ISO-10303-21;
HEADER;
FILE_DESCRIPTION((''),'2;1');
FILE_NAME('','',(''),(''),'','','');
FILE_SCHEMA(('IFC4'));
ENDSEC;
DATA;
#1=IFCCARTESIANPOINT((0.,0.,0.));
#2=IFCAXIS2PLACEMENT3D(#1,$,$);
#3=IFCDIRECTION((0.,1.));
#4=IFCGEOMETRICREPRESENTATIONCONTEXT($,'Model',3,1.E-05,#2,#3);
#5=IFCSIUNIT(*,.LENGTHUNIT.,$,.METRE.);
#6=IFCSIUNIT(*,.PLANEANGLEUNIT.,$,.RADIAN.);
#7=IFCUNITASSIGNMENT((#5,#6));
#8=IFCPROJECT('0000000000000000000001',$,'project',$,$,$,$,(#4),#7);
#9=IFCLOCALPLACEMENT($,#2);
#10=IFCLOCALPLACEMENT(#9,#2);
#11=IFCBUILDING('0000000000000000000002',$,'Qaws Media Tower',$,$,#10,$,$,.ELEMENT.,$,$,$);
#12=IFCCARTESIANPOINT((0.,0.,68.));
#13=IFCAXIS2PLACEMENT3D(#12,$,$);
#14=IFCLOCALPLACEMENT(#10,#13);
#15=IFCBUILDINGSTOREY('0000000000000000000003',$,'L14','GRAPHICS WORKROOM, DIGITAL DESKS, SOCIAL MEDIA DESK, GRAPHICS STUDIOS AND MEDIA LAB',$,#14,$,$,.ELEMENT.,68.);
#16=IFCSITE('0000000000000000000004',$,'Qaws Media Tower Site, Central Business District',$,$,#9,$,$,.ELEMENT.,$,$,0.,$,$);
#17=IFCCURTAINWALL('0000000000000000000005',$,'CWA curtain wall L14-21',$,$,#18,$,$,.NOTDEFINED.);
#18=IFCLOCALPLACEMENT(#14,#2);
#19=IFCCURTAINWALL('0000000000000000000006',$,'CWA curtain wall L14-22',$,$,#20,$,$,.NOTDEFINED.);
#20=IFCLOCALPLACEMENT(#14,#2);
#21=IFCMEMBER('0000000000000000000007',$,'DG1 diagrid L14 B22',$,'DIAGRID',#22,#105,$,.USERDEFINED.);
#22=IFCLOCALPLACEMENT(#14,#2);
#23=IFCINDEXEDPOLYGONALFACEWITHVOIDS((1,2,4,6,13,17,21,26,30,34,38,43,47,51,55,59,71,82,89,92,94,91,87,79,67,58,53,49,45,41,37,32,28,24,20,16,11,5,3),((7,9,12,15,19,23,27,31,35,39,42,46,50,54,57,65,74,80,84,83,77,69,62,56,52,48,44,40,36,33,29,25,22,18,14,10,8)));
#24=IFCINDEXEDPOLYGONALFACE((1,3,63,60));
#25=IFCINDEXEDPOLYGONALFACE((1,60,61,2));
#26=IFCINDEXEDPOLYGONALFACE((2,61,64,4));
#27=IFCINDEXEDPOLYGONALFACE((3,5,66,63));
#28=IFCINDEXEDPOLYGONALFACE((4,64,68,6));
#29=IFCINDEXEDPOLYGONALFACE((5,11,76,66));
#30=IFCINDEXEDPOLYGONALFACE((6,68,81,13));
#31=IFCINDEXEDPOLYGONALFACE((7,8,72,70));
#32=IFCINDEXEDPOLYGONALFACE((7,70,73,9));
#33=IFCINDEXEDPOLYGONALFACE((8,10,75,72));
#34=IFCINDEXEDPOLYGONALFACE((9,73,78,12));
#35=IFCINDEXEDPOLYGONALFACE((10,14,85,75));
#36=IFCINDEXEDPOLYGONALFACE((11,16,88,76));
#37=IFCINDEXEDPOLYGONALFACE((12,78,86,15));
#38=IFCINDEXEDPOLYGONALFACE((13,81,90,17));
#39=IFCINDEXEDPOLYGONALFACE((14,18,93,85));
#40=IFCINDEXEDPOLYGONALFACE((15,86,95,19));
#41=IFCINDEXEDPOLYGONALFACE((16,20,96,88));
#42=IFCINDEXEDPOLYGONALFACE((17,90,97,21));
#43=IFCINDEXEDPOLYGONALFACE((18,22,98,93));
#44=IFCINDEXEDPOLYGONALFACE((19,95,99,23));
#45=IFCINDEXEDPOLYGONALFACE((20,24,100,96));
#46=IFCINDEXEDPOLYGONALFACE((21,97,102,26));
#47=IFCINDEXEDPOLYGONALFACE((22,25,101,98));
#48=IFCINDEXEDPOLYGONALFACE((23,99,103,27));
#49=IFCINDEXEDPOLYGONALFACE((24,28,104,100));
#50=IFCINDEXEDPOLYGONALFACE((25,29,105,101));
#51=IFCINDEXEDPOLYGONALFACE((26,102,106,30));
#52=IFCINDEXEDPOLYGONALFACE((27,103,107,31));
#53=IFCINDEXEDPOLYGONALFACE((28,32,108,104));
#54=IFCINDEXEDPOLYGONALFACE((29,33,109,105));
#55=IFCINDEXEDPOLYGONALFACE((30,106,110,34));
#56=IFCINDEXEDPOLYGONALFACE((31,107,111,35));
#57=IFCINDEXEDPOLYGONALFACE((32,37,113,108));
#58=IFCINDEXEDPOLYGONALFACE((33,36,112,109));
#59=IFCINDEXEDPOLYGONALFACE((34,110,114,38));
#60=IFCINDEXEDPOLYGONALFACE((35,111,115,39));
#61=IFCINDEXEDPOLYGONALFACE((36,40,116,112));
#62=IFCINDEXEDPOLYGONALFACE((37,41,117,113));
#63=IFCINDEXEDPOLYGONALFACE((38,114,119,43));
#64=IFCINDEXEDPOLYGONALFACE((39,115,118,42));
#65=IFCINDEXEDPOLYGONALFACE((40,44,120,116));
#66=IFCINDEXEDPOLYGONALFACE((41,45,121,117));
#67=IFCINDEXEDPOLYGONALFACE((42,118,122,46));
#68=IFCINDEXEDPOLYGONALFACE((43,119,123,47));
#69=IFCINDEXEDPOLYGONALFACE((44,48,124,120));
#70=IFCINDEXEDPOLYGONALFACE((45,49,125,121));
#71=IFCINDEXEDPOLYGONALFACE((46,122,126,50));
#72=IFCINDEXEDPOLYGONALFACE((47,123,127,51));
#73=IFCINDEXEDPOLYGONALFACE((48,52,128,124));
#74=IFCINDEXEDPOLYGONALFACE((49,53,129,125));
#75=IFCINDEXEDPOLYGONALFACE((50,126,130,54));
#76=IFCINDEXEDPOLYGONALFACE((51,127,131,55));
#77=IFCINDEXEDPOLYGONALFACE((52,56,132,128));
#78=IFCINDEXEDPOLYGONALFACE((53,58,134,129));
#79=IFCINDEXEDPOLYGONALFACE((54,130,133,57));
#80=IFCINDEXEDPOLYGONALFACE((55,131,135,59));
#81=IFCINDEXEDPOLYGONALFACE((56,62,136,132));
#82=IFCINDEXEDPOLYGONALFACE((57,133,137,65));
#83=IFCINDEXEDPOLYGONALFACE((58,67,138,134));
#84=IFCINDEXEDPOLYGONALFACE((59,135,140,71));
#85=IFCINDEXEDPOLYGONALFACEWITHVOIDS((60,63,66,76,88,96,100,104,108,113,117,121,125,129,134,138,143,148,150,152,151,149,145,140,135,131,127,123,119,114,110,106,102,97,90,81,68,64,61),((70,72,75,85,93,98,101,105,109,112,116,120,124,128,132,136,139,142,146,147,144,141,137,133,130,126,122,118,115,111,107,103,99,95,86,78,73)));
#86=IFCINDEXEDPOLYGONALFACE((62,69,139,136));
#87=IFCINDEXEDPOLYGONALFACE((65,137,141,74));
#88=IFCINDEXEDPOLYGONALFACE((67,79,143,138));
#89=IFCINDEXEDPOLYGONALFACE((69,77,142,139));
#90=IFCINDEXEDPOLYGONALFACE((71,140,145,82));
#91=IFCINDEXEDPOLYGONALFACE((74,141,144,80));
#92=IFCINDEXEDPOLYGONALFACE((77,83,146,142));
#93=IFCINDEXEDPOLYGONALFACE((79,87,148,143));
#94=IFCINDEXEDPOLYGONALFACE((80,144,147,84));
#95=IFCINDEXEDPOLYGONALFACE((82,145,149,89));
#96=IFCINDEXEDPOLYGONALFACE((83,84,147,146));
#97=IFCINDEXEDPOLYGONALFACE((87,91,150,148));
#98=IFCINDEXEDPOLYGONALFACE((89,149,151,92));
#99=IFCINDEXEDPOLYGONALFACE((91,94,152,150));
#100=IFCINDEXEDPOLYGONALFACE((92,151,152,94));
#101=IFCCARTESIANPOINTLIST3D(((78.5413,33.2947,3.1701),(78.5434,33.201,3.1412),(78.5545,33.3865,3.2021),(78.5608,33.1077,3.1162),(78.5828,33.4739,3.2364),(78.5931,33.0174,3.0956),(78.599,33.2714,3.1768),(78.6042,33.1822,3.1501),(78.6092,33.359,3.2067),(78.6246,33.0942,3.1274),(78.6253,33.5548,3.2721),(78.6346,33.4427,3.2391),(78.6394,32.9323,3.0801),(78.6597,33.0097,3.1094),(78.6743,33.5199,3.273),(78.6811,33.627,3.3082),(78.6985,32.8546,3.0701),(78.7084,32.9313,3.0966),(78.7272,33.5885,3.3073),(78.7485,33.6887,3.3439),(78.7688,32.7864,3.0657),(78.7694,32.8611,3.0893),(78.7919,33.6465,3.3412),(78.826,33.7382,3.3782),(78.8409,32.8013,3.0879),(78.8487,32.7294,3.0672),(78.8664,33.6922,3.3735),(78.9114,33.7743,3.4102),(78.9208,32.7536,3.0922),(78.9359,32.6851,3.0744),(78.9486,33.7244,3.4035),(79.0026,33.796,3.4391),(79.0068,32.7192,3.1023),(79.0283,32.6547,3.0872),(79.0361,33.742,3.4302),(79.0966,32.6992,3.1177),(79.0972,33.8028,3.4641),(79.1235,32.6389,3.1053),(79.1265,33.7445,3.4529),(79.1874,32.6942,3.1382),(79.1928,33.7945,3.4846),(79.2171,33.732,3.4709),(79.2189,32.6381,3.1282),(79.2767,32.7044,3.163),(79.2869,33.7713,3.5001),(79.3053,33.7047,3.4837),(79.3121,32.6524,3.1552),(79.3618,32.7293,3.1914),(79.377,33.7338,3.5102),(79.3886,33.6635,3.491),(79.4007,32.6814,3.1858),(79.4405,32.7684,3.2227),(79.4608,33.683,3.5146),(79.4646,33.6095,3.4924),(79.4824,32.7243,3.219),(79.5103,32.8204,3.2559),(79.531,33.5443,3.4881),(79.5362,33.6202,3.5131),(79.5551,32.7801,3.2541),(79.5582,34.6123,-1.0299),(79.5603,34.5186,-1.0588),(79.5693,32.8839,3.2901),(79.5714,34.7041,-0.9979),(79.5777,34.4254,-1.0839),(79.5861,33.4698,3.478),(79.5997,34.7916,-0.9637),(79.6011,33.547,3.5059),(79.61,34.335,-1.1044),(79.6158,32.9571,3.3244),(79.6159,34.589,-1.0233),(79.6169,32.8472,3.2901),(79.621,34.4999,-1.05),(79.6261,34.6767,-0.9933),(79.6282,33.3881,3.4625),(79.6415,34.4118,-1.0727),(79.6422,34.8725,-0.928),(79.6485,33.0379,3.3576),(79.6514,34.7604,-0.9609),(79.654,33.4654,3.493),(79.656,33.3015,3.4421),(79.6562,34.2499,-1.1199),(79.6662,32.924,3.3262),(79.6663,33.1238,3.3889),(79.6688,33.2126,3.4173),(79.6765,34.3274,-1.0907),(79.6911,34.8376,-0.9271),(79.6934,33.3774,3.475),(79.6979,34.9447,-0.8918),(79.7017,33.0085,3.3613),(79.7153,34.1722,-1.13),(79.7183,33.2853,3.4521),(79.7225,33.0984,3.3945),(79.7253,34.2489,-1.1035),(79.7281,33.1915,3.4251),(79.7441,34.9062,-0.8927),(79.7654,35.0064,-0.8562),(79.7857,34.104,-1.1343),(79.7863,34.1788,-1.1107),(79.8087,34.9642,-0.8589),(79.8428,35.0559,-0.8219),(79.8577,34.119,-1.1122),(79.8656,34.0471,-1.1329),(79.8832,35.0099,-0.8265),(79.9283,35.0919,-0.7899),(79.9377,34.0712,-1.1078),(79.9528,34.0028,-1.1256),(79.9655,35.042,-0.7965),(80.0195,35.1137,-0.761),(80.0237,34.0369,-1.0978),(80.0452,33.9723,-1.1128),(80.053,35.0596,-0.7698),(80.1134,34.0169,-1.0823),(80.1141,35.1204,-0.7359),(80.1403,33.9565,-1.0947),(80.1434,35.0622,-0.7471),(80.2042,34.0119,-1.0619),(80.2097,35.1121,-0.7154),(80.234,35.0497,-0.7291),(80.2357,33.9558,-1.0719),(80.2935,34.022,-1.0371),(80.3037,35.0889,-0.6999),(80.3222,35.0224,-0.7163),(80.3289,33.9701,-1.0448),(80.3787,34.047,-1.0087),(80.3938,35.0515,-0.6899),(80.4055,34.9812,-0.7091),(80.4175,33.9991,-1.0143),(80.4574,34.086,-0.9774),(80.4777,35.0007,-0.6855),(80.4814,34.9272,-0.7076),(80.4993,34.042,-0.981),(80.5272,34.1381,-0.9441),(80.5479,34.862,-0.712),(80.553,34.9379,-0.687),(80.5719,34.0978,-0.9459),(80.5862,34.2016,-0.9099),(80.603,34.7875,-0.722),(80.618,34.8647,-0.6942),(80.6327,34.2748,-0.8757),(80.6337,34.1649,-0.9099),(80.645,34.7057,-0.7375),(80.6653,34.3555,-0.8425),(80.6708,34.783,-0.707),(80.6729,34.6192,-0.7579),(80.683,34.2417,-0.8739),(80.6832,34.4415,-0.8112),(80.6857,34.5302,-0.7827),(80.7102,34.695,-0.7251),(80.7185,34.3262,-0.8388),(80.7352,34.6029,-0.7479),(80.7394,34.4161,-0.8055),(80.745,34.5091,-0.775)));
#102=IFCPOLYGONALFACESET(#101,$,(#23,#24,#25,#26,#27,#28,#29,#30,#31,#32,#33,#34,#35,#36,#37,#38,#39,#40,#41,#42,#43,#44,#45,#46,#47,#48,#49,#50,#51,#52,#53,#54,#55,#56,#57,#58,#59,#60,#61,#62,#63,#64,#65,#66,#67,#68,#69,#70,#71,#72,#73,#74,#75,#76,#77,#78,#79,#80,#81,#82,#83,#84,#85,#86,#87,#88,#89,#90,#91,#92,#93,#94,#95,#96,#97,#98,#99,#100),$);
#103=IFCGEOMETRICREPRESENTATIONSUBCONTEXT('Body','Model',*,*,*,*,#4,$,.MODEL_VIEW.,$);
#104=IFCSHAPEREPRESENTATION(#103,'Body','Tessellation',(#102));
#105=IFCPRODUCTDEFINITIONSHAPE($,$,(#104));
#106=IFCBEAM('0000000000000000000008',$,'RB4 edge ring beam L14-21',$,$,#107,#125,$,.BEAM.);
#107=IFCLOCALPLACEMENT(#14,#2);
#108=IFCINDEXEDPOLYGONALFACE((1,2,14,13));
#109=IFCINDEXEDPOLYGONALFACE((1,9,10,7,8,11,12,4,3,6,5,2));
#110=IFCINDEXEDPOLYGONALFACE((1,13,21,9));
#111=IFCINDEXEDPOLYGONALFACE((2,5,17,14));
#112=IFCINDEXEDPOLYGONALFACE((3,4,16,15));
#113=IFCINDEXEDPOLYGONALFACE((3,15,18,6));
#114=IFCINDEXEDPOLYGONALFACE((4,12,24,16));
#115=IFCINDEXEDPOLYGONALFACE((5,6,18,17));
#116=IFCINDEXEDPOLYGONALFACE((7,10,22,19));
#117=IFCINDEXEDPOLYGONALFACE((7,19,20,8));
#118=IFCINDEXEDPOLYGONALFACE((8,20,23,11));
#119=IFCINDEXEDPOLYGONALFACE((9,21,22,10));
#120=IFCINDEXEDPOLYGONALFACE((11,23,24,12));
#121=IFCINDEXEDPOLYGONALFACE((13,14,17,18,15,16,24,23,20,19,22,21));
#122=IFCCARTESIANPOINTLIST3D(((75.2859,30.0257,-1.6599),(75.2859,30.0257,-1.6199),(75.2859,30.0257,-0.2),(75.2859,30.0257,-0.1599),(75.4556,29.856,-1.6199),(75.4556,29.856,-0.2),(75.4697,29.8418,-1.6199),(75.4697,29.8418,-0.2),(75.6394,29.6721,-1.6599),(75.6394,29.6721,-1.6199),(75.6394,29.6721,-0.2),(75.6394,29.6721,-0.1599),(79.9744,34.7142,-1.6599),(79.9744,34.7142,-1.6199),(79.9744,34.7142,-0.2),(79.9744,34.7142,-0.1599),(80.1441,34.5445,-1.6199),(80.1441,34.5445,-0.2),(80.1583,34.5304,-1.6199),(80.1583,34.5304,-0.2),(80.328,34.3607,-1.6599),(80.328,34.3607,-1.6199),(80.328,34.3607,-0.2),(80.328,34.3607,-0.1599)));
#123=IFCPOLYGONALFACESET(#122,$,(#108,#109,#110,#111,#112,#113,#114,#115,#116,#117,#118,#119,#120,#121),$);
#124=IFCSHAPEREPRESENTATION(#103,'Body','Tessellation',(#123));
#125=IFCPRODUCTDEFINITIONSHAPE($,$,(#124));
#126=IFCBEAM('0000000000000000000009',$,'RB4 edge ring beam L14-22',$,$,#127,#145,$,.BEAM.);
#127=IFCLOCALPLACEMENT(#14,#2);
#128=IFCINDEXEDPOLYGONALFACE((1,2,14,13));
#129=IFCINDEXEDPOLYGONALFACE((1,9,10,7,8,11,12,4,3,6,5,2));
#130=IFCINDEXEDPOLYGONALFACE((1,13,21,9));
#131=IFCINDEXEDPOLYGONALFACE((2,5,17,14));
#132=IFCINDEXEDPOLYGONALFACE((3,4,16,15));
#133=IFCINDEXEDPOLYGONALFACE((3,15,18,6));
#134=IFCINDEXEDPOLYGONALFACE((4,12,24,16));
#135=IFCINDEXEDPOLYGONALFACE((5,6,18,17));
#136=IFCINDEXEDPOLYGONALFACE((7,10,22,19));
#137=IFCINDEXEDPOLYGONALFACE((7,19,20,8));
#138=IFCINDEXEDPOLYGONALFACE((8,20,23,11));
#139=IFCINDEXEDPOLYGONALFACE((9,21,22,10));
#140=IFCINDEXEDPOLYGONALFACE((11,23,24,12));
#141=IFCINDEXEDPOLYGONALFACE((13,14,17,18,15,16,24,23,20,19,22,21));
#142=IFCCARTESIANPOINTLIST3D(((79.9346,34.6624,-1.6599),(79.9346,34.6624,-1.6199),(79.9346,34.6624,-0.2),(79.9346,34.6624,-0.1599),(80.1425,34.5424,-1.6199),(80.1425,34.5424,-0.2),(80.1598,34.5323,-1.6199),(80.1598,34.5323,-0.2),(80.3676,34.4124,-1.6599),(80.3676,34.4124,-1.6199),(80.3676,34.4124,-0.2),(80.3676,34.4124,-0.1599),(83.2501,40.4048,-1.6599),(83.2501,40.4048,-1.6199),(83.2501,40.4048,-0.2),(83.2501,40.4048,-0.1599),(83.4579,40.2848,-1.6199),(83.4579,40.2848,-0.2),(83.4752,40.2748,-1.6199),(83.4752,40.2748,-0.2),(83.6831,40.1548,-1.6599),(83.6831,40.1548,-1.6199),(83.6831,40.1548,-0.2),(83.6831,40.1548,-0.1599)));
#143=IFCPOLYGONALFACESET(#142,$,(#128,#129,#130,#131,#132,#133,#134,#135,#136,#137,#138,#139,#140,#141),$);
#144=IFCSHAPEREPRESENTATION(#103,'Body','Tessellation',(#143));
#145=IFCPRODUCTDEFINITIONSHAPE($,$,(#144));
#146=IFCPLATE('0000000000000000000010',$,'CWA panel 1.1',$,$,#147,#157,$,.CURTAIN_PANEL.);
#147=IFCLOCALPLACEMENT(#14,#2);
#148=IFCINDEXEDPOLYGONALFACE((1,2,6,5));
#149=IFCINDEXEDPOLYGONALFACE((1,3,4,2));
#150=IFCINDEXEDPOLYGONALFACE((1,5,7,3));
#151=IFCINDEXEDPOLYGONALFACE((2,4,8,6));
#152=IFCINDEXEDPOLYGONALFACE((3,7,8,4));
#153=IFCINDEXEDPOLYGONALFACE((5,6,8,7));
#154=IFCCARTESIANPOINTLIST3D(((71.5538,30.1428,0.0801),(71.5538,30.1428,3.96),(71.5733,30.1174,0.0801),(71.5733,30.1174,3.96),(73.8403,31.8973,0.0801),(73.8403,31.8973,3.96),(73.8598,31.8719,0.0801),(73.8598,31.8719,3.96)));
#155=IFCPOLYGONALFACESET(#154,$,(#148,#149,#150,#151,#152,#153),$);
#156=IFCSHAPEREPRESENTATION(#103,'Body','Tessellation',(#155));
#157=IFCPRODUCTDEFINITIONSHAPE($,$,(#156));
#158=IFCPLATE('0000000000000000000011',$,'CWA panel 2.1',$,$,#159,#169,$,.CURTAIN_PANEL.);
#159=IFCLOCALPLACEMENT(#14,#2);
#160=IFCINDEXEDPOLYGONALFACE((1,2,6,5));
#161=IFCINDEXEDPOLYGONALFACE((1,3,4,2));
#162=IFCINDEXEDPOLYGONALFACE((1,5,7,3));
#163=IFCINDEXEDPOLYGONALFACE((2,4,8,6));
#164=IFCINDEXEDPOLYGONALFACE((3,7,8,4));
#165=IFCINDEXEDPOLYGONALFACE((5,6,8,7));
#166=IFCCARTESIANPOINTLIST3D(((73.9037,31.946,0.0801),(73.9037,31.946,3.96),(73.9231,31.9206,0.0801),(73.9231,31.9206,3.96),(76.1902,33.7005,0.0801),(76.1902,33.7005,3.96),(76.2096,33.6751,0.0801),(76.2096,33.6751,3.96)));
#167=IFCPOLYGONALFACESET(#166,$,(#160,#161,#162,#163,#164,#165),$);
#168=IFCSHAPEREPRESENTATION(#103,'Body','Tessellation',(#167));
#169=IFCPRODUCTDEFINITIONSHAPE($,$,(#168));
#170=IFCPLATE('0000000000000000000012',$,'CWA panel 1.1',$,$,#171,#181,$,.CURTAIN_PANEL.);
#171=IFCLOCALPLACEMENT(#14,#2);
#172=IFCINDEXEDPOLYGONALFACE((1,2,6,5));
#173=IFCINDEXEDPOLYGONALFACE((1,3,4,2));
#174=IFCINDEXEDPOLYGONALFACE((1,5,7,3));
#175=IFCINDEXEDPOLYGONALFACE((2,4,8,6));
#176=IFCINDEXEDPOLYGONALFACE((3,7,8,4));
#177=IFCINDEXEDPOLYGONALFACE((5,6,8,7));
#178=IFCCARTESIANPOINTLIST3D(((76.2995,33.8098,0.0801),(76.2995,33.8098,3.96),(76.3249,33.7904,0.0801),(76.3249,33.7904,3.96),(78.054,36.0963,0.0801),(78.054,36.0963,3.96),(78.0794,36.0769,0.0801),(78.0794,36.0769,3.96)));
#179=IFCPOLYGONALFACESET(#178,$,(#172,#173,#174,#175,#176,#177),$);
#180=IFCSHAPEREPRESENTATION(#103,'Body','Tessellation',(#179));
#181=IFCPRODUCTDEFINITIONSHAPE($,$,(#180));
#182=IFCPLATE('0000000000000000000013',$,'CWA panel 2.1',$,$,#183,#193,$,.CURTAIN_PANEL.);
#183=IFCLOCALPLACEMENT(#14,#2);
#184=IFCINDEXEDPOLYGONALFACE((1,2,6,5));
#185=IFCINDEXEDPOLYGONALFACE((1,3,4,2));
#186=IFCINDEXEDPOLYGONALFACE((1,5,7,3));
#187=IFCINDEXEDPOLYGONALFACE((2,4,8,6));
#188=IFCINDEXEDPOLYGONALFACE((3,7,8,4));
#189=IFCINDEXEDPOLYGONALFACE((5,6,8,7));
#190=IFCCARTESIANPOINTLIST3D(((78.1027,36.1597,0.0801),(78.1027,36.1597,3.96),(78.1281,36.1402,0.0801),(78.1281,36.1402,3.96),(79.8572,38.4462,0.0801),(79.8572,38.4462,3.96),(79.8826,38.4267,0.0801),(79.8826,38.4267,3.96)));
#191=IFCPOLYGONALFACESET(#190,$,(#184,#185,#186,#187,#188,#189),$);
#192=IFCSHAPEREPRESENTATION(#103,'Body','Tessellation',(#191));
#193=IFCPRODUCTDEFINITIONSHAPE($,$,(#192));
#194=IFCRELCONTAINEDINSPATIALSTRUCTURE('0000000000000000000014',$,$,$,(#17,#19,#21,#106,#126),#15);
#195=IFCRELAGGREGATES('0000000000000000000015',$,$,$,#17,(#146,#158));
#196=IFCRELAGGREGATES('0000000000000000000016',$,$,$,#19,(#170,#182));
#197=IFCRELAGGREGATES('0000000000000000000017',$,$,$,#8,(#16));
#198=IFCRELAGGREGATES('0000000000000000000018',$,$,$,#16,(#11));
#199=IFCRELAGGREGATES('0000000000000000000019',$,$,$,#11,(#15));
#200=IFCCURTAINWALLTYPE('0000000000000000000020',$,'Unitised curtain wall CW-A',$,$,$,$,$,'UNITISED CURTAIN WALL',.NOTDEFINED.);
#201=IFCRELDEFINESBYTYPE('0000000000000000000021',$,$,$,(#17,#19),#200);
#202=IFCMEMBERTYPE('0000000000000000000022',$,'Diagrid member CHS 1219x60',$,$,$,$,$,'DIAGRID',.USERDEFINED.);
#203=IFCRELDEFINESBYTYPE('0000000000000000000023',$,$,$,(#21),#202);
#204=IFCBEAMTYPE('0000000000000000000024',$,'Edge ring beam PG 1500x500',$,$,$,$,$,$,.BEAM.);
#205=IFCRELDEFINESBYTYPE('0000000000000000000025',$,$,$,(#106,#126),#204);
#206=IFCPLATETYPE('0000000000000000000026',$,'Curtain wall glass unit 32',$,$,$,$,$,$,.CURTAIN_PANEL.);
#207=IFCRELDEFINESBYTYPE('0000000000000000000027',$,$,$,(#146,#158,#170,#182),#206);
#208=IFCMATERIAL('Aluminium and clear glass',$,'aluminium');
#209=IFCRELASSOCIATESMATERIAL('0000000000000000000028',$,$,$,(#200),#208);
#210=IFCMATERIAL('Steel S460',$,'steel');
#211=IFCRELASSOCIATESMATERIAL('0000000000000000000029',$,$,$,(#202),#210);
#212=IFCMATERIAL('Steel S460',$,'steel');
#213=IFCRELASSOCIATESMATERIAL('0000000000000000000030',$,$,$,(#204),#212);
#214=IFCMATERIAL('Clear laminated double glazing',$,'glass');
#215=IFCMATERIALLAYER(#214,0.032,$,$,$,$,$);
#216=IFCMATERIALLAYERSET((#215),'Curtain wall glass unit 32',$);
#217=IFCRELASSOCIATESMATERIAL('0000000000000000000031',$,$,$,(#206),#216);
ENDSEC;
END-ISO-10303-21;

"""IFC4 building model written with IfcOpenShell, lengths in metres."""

from ifc_helpers import new_model, si_unit, direction, frame, origin, origin_2d, place, context, subcontext, project, spatial, rectangle, hollow_circle, i_section, extrude, material, layer, layer_set, material_profile, profile_set, type_object, element, aggregate, save


model = new_model("IFC4")

# Units and contexts
model_context = context("Model", 3, precision=1e-05, world=origin(), true_north=direction((0.0, 1.0)))
body_context = subcontext(model_context, "Body", "Model", "MODEL_VIEW")
ifc_project = project(units=[si_unit("LENGTHUNIT", "METRE"), si_unit("PLANEANGLEUNIT", "RADIAN")], contexts=[model_context])

# Site, building, storey
site_placement = place(None, origin())
site = spatial("IfcSite", under=ifc_project, at=site_placement, Name="Qaws Media Tower Site, Central Business District", CompositionType="ELEMENT", RefElevation=0.0)
building_placement = place(site_placement, origin())
building = spatial("IfcBuilding", under=site, at=building_placement, Name="Qaws Media Tower", CompositionType="ELEMENT")
storey_placement = place(building_placement, frame((0.0, 0.0, 68.0)))
storey = spatial("IfcBuildingStorey", under=building, at=storey_placement, Name="L14", Description="GRAPHICS WORKROOM, DIGITAL DESKS, SOCIAL MEDIA DESK, GRAPHICS STUDIOS AND MEDIA LAB", CompositionType="ELEMENT", Elevation=68.0)

# Curtain walls
ifc_material_1 = material(Name="Aluminium and clear glass", Category="aluminium")
curtain_wall_type = type_object("IfcCurtainWallType", Name="Unitised curtain wall CW-A", ElementType="UNITISED CURTAIN WALL", PredefinedType="NOTDEFINED", material=ifc_material_1)
curtain_wall_1_placement = place(storey_placement, origin())
curtain_wall_1 = element("IfcCurtainWall", 1, at=curtain_wall_1_placement, inside=storey, type_object=curtain_wall_type, Name="CWA curtain wall L14-21", PredefinedType="NOTDEFINED")
curtain_wall_2_placement = place(storey_placement, origin())
curtain_wall_2 = element("IfcCurtainWall", 2, at=curtain_wall_2_placement, inside=storey, type_object=curtain_wall_type, Name="CWA curtain wall L14-22", PredefinedType="NOTDEFINED")

# Member
ifc_material_2 = material(Name="Steel S460", Category="steel")
ifc_material_profile_1 = material_profile(ifc_material_2, hollow_circle(Radius=0.6096, WallThickness=0.0601, at=origin_2d()), Name="CHS 1219x60")
ifc_profile_set_1 = profile_set([ifc_material_profile_1], Name="Steel S460")
member_type_1 = type_object("IfcMemberType", Name="Diagrid member CHS 1219x60", ElementType="DIAGRID", PredefinedType="USERDEFINED", material=ifc_profile_set_1)
for number, where, z_axis, x_axis, name in (
    (3, (80.1511, 34.5374, -0.9099), (-0.22508, -0.291658, 0.929664), (0.791669, -0.610951, 0.0), "DG1 diagrid L14 B22"),
):
    element("IfcMember", number, at=place(storey_placement, frame(where, z_axis=z_axis, x_axis=x_axis)), inside=storey, type_object=member_type_1, Name=name, ObjectType="DIAGRID", PredefinedType="USERDEFINED", context=body_context, shape_type="SweptSolid", body=[
        extrude(hollow_circle(Radius=0.6096, WallThickness=0.0601, at=origin_2d()), origin(), (0.0, 0.0, 1.0), 4.5178),
    ])

# Beams
ifc_material_3 = material(Name="Steel S460", Category="steel")
ifc_material_profile_2 = material_profile(ifc_material_3, i_section(OverallWidth=0.5, OverallDepth=1.5, WebThickness=0.02, FlangeThickness=0.04, at=origin_2d()), Name="PG 1500x500")
ifc_profile_set_2 = profile_set([ifc_material_profile_2], Name="Steel S460")
beam_type = type_object("IfcBeamType", Name="Edge ring beam PG 1500x500", PredefinedType="BEAM", material=ifc_profile_set_2)
beam_1_placement = place(storey_placement, frame((75.4626, 29.8489, -0.9099), z_axis=(0.707107, 0.707107, 0.0), x_axis=(-0.707107, 0.707107, 0.0)))
element("IfcBeam", 4, at=beam_1_placement, inside=storey, type_object=beam_type, Name="RB4 edge ring beam L14-21", PredefinedType="BEAM", context=body_context, shape_type="SweptSolid", body=[
    extrude(i_section(OverallWidth=0.5, OverallDepth=1.5, WebThickness=0.02, FlangeThickness=0.04, at=origin_2d()), origin(), (0.0, 0.0, 1.0), 6.6306),
])
beam_2_placement = place(storey_placement, frame((80.1511, 34.5374, -0.9099), z_axis=(0.500004, 0.866023, 0.0), x_axis=(-0.866023, 0.500004, 0.0)))
element("IfcBeam", 5, at=beam_2_placement, inside=storey, type_object=beam_type, Name="RB4 edge ring beam L14-22", PredefinedType="BEAM", context=body_context, shape_type="SweptSolid", body=[
    extrude(i_section(OverallWidth=0.5, OverallDepth=1.5, WebThickness=0.02, FlangeThickness=0.04, at=origin_2d()), origin(), (0.0, 0.0, 1.0), 6.6309),
])

# Plates
ifc_material_4 = material(Name="Clear laminated double glazing", Category="glass")
ifc_layer_1 = layer(ifc_material_4, 0.032)
ifc_layer_set_1 = layer_set([ifc_layer_1], Name="Curtain wall glass unit 32")
plate_type_1 = type_object("IfcPlateType", Name="Curtain wall glass unit 32", PredefinedType="CURTAIN_PANEL", material=ifc_layer_set_1)
plate_1_placement = place(storey_placement, frame((72.7068, 31.0073, 0.0801), z_axis=(0.0, 0.0, 1.0), x_axis=(0.793353, 0.608761, 0.0)))
plate_1 = element("IfcPlate", 6, at=plate_1_placement, type_object=plate_type_1, Name="CWA panel 1.1", PredefinedType="CURTAIN_PANEL", context=body_context, shape_type="SweptSolid", body=[
    extrude(rectangle(XDim=2.8821, YDim=0.032, at=origin_2d()), origin(), (0.0, 0.0, 1.0), 3.8799),
])
plate_2_placement = place(storey_placement, frame((75.0566, 32.8105, 0.0801), z_axis=(0.0, 0.0, 1.0), x_axis=(0.793353, 0.608761, 0.0)))
plate_2 = element("IfcPlate", 7, at=plate_2_placement, type_object=plate_type_1, Name="CWA panel 2.1", PredefinedType="CURTAIN_PANEL", context=body_context, shape_type="SweptSolid", body=[
    extrude(rectangle(XDim=2.8821, YDim=0.032, at=origin_2d()), origin(), (0.0, 0.0, 1.0), 3.8799),
])
aggregate(curtain_wall_1, [plate_1, plate_2])
plate_3_placement = place(storey_placement, frame((77.1895, 34.9434, 0.0801), z_axis=(0.0, 0.0, 1.0), x_axis=(0.608761, 0.793353, 0.0)))
plate_3 = element("IfcPlate", 8, at=plate_3_placement, type_object=plate_type_1, Name="CWA panel 1.1", PredefinedType="CURTAIN_PANEL", context=body_context, shape_type="SweptSolid", body=[
    extrude(rectangle(XDim=2.8821, YDim=0.032, at=origin_2d()), origin(), (0.0, 0.0, 1.0), 3.8799),
])
plate_4_placement = place(storey_placement, frame((78.9927, 37.2932, 0.0801), z_axis=(0.0, 0.0, 1.0), x_axis=(0.608761, 0.793353, 0.0)))
plate_4 = element("IfcPlate", 9, at=plate_4_placement, type_object=plate_type_1, Name="CWA panel 2.1", PredefinedType="CURTAIN_PANEL", context=body_context, shape_type="SweptSolid", body=[
    extrude(rectangle(XDim=2.8821, YDim=0.032, at=origin_2d()), origin(), (0.0, 0.0, 1.0), 3.8799),
])
aggregate(curtain_wall_2, [plate_3, plate_4])

save(model, "model.ifc")
